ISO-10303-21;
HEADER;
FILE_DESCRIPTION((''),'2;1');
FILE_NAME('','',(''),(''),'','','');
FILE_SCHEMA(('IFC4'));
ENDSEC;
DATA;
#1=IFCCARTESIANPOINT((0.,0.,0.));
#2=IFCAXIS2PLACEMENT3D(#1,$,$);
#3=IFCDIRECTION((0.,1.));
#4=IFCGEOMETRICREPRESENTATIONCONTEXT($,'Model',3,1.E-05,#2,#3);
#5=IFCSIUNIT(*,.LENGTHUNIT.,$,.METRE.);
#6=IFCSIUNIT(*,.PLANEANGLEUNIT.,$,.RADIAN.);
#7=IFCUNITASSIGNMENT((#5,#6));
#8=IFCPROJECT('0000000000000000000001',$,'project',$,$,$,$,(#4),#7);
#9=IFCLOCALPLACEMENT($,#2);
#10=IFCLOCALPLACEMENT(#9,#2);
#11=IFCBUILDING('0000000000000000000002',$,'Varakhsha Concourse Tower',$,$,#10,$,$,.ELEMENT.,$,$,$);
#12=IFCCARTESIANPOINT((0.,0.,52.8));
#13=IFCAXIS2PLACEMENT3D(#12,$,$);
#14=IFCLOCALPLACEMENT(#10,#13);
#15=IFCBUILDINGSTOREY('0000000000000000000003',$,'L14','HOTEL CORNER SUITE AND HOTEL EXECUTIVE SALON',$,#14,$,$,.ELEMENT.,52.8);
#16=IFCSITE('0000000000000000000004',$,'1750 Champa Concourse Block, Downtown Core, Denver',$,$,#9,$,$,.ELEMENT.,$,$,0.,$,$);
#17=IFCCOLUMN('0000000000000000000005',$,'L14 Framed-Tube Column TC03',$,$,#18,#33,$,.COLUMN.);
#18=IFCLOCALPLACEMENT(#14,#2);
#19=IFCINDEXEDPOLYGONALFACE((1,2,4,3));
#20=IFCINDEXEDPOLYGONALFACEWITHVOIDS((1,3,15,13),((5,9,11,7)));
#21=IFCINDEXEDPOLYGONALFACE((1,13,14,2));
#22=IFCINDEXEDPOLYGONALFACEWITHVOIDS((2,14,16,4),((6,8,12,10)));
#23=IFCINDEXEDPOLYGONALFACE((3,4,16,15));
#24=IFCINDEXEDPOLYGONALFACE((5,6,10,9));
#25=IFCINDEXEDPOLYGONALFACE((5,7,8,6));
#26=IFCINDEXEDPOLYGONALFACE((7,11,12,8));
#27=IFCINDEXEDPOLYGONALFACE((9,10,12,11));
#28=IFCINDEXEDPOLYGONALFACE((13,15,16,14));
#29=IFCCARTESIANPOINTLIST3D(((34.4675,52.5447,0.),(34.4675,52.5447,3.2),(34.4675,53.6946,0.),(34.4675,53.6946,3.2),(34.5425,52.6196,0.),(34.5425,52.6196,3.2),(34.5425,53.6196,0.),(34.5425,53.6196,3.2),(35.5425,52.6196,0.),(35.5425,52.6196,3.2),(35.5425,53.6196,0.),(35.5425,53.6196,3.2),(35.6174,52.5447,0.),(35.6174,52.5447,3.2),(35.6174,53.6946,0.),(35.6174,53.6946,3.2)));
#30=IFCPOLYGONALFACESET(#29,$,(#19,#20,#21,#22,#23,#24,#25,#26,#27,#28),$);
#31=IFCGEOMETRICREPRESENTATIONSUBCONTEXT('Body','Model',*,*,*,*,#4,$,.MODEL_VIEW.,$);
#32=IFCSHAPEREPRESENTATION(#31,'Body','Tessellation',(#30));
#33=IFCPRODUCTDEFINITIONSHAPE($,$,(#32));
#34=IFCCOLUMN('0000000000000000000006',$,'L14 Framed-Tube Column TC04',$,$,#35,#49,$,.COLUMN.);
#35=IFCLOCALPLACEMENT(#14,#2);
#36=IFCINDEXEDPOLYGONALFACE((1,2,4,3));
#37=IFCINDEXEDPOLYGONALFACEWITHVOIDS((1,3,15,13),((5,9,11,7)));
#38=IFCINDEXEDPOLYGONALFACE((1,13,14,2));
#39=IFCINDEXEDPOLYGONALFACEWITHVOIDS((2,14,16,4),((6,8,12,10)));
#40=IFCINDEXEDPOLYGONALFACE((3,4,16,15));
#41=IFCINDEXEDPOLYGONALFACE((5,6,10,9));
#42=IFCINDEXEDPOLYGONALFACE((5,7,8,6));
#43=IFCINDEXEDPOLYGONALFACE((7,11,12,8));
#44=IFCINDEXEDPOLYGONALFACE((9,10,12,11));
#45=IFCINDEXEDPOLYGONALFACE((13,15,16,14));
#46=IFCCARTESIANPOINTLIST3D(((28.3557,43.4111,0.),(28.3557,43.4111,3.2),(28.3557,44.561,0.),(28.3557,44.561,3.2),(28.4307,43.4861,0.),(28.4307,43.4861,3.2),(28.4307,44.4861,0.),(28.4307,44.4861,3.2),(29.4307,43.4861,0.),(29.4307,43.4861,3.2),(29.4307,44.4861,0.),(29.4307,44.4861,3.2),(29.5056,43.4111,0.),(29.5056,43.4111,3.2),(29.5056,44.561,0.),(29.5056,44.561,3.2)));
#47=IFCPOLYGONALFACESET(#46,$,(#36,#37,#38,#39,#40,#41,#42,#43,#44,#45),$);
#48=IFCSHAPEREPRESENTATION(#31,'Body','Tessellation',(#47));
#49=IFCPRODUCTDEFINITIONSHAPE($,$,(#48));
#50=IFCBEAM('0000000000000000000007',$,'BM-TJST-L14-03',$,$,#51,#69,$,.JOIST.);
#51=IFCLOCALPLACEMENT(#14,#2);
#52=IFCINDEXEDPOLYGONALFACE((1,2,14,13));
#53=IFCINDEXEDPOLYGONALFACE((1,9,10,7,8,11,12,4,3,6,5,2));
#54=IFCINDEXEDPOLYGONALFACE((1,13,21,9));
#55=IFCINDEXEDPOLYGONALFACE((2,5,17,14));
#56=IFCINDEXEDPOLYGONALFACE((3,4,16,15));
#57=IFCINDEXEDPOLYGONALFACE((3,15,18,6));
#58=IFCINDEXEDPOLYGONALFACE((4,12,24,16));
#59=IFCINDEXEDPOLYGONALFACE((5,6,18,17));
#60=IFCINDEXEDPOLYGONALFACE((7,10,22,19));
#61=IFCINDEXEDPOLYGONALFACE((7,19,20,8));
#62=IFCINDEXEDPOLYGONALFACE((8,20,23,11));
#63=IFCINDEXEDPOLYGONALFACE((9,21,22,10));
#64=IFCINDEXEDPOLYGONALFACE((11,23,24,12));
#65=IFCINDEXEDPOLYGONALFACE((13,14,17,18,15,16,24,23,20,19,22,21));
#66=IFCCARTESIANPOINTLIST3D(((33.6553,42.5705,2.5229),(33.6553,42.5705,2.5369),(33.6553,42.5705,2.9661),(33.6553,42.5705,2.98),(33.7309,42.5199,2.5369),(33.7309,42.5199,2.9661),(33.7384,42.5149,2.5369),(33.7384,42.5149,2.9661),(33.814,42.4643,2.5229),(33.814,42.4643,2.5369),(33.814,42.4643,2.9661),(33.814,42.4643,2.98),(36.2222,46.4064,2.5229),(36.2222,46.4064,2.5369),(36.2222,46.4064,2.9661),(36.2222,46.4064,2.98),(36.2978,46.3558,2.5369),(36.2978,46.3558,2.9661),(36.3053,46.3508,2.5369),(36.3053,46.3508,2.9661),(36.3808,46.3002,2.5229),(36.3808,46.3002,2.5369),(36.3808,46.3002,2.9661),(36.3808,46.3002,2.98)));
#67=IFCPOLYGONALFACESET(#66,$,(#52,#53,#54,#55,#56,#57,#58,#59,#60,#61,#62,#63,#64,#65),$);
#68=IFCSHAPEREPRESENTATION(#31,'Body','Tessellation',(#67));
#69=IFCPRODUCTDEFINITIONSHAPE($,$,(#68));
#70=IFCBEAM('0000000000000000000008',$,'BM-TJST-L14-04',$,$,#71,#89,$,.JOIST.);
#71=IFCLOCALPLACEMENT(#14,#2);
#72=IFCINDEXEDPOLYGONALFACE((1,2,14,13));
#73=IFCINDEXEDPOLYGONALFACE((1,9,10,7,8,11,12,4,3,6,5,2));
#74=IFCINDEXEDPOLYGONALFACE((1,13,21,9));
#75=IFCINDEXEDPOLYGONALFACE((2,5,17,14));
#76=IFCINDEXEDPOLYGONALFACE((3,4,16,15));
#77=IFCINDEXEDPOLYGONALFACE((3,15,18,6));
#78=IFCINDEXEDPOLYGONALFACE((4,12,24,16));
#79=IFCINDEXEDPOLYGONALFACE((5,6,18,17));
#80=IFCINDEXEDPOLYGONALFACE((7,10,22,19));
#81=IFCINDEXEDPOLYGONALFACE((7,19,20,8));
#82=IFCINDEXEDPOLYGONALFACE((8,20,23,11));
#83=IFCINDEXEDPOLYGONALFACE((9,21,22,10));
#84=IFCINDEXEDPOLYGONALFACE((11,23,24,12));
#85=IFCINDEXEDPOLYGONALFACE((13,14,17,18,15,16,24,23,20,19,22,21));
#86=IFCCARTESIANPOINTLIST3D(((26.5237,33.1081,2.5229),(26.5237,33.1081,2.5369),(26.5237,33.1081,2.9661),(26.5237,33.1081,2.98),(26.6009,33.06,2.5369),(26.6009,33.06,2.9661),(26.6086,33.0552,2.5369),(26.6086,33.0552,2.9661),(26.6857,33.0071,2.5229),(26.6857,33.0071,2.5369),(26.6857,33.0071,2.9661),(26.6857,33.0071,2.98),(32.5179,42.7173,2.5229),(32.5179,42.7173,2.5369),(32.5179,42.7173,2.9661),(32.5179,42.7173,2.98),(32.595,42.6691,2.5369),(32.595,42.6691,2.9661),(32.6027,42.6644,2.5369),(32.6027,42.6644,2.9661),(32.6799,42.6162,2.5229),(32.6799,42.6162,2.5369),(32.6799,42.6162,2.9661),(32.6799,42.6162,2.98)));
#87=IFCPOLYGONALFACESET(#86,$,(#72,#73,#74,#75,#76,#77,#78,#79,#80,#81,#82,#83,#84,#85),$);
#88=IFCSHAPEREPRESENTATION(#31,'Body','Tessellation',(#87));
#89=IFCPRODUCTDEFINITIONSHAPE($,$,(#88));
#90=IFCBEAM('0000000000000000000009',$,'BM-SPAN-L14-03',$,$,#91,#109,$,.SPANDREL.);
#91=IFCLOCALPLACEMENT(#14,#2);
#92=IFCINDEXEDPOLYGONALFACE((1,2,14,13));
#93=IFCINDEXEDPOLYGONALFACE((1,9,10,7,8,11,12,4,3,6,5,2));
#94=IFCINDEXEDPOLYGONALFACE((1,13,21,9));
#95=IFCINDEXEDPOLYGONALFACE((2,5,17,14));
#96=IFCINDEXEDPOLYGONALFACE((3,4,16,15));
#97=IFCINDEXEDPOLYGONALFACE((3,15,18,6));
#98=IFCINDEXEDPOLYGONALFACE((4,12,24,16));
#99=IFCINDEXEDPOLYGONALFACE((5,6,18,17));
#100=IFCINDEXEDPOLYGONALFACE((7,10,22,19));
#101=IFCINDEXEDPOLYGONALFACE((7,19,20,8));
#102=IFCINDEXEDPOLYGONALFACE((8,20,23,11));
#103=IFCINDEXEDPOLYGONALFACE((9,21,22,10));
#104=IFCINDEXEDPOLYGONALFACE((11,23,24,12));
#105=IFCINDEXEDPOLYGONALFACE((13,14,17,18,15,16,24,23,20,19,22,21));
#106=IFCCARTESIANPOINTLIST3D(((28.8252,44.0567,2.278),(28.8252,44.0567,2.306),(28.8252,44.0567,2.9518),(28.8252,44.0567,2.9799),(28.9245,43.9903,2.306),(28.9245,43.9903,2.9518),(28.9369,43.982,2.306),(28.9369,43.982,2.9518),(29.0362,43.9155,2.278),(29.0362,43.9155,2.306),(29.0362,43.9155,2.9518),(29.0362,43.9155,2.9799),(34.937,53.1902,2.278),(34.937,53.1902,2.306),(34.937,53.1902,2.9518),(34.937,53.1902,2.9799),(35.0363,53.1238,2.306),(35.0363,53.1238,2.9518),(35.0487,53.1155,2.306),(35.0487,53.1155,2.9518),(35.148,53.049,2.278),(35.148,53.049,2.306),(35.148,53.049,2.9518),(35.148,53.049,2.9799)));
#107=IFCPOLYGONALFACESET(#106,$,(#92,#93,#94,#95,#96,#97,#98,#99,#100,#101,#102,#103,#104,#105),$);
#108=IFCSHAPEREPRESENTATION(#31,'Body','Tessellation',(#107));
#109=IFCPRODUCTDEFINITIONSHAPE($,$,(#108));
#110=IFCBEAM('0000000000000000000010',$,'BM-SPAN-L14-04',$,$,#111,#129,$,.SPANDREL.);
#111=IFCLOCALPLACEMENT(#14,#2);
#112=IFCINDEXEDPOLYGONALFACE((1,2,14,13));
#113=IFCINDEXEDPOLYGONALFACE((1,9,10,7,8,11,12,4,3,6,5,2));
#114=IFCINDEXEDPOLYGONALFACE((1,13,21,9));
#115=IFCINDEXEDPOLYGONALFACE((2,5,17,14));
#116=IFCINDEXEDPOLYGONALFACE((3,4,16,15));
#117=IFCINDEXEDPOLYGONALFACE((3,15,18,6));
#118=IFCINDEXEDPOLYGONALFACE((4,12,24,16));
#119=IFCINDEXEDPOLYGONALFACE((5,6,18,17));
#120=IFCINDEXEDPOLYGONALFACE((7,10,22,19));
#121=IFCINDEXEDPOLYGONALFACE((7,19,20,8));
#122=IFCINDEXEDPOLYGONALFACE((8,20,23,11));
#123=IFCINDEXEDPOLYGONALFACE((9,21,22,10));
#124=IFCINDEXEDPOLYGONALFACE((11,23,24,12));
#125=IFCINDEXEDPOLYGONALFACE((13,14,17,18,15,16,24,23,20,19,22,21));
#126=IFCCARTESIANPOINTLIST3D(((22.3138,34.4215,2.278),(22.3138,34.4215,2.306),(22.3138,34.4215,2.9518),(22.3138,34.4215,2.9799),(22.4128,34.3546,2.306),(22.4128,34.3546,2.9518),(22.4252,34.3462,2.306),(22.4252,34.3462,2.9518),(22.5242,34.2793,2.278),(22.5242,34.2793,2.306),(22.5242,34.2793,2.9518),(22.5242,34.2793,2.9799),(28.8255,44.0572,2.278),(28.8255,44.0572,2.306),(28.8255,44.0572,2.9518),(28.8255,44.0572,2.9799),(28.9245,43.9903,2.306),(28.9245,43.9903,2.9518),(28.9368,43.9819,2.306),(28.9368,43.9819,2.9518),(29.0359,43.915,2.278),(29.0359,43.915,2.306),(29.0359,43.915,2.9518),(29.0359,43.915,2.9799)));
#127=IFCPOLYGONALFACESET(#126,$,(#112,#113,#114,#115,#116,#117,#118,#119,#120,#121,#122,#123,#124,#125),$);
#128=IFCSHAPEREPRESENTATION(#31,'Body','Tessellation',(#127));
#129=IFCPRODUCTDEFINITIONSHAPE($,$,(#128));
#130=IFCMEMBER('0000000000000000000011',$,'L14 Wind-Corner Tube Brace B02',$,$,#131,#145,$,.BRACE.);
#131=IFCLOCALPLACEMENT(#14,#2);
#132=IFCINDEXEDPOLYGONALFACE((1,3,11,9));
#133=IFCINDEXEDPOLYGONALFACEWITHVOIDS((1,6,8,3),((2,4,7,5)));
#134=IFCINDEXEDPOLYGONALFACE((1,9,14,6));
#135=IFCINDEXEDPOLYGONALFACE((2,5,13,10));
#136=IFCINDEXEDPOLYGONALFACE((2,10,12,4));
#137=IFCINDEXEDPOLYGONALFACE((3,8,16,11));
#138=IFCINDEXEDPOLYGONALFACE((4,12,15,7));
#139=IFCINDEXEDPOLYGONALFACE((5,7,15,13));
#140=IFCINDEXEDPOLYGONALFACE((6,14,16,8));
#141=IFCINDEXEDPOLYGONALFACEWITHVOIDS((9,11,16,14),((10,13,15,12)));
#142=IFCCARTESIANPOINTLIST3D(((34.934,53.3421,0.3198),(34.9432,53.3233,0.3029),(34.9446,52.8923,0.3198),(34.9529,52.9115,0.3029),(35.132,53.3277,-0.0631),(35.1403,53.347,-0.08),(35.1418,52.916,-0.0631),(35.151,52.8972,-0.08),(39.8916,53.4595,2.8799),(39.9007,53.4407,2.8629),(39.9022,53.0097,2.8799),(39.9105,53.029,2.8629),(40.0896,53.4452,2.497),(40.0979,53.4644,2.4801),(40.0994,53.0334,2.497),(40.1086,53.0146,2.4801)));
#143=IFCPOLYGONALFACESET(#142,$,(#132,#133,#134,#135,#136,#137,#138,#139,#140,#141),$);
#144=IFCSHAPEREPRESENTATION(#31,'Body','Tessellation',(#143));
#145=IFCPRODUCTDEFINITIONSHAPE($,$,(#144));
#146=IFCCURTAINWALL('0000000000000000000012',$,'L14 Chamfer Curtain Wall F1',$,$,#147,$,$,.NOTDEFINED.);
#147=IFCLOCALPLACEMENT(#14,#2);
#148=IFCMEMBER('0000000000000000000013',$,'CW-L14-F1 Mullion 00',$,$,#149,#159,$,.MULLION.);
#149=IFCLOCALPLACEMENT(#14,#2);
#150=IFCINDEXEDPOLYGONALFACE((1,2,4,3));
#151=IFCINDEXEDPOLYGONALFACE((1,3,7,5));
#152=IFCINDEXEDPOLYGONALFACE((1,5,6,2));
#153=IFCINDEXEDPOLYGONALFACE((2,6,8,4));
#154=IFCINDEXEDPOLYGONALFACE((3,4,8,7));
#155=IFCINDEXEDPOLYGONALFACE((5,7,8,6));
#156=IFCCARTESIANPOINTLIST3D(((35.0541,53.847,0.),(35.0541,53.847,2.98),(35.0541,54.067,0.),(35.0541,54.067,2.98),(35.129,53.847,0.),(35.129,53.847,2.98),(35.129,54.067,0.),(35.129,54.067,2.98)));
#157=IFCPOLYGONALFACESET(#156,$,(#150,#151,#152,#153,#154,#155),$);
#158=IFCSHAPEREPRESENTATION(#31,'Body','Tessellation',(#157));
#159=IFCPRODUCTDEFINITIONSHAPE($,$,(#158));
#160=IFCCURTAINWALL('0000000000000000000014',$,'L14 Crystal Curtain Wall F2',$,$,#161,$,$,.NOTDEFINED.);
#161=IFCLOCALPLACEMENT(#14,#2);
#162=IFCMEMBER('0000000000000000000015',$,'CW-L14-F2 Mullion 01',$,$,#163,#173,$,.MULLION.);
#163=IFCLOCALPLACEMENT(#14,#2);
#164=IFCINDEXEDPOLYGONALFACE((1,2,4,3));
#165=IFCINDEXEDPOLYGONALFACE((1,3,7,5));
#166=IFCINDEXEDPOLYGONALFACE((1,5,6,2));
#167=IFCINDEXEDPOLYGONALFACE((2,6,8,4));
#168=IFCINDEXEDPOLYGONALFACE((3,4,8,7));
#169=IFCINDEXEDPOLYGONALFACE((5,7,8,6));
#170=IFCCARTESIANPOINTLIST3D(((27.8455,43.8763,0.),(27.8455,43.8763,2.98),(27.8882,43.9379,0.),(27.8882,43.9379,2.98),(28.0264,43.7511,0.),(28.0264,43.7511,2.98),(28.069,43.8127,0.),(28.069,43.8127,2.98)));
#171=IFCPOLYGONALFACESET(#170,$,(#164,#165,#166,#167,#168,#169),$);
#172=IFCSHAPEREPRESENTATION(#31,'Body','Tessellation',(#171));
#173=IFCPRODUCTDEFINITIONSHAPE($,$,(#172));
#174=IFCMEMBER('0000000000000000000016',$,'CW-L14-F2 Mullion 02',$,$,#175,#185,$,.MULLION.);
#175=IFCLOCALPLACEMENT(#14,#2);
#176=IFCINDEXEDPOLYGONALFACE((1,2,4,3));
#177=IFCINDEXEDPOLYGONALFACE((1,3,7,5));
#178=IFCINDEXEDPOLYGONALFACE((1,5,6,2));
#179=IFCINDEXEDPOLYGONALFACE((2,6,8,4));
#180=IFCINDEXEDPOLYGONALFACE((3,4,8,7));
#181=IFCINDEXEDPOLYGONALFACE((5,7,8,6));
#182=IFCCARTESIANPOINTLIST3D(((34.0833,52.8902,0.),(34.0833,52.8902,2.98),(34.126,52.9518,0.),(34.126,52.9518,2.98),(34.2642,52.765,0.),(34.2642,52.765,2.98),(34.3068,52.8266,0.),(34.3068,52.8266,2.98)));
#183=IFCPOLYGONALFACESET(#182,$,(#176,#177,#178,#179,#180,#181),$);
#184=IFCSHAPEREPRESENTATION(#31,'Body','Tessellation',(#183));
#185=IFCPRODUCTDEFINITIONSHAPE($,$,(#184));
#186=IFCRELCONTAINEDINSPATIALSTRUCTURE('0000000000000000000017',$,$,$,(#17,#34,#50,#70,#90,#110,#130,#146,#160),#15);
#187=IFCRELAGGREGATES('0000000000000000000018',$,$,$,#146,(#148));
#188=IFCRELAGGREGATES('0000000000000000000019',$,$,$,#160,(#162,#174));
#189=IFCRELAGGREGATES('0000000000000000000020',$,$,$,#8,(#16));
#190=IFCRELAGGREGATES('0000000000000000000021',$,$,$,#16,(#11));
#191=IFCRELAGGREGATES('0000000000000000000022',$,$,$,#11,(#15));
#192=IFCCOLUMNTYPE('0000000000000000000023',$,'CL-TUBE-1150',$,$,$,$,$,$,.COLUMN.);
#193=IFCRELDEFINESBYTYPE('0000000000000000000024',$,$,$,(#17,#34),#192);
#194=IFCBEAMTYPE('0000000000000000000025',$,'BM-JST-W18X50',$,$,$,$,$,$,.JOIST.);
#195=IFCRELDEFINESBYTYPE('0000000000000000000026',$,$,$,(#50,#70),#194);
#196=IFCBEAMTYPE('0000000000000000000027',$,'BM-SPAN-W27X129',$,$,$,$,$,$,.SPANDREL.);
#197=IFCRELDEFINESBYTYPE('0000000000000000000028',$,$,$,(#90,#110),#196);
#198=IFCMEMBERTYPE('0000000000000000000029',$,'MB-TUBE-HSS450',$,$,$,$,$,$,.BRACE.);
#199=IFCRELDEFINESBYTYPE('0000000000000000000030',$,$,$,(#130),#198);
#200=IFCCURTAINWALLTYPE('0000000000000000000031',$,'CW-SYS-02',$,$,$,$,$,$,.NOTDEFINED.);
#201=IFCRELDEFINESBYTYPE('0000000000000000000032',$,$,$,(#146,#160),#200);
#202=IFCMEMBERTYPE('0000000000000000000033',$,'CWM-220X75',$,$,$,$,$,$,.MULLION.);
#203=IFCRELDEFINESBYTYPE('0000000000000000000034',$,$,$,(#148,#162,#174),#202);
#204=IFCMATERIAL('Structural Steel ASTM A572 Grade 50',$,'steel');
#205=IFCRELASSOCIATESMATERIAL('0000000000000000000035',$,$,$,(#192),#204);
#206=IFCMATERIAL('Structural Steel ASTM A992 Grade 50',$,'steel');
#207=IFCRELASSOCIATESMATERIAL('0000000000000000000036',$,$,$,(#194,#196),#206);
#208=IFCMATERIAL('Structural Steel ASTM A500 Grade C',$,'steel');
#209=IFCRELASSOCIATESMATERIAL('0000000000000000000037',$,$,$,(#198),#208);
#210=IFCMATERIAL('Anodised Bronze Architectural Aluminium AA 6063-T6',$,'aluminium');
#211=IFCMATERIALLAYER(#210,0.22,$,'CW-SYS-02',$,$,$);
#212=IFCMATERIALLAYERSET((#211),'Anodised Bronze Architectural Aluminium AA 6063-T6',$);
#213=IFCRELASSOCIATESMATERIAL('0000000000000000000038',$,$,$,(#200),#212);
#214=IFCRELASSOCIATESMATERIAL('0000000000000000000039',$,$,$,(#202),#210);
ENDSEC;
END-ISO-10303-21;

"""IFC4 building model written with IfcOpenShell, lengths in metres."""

from ifc_helpers import new_model, si_unit, direction, frame, origin, origin_2d, place, context, subcontext, project, spatial, rectangle, hollow_rectangle, i_section, extrude, source, transform, mapped, material, layer, layer_set, material_profile, profile_set, type_object, type_shapes, element, aggregate, save


model = new_model("IFC4")

# Units and contexts
model_context = context("Model", 3, precision=1e-05, world=origin(), true_north=direction((0.0, 1.0)))
body_context = subcontext(model_context, "Body", "Model", "MODEL_VIEW")
ifc_project = project(units=[si_unit("LENGTHUNIT", "METRE"), si_unit("PLANEANGLEUNIT", "RADIAN")], contexts=[model_context])

# Site, building, storey
site_placement = place(None, origin())
site = spatial("IfcSite", under=ifc_project, at=site_placement, Name="1750 Champa Concourse Block, Downtown Core, Denver", CompositionType="ELEMENT", RefElevation=0.0)
building_placement = place(site_placement, origin())
building = spatial("IfcBuilding", under=site, at=building_placement, Name="Varakhsha Concourse Tower", CompositionType="ELEMENT")
storey_placement = place(building_placement, frame((0.0, 0.0, 52.8)))
storey = spatial("IfcBuildingStorey", under=building, at=storey_placement, Name="L14", Description="HOTEL CORNER SUITE AND HOTEL EXECUTIVE SALON", CompositionType="ELEMENT", Elevation=52.8)

# Columns
ifc_material_1 = material(Name="Structural Steel ASTM A572 Grade 50", Category="steel")
ifc_material_profile_1 = material_profile(ifc_material_1, hollow_rectangle(XDim=1.1499, YDim=1.1499, WallThickness=0.075, at=origin_2d()), Name="BOX 1150x1150x75")
ifc_profile_set_1 = profile_set([ifc_material_profile_1], Name="Structural Steel ASTM A572 Grade 50")
column_type = type_object("IfcColumnType", Name="CL-TUBE-1150", PredefinedType="COLUMN", material=ifc_profile_set_1)
for number, where, z_axis, x_axis, name in (
    (1, (35.0425, 53.1196, 0.0), (0.0, 0.0, 1.0), (1.0, 0.0, 0.0), "L14 Framed-Tube Column TC03"),
    (2, (28.9307, 43.9861, 0.0), (0.0, 0.0, 1.0), (1.0, 0.0, 0.0), "L14 Framed-Tube Column TC04"),
):
    element("IfcColumn", number, at=place(storey_placement, frame(where, z_axis=z_axis, x_axis=x_axis)), inside=storey, type_object=column_type, Name=name, PredefinedType="COLUMN", context=body_context, shape_type="SweptSolid", body=[
        extrude(hollow_rectangle(XDim=1.1499, YDim=1.1499, WallThickness=0.075, at=origin_2d()), origin(), (0.0, 0.0, 1.0), 3.2),
    ])

# Beams
ifc_material_2 = material(Name="Structural Steel ASTM A992 Grade 50", Category="steel")
ifc_material_profile_2 = material_profile(ifc_material_2, i_section(OverallWidth=0.1909, OverallDepth=0.457, WebThickness=0.009, FlangeThickness=0.0139, at=origin_2d()), Name="W18X50")
ifc_profile_set_2 = profile_set([ifc_material_profile_2], Name="Structural Steel ASTM A992 Grade 50")
beam_type_1 = type_object("IfcBeamType", Name="BM-JST-W18X50", PredefinedType="JOIST", material=ifc_profile_set_2)
beam_1_placement = place(storey_placement, frame((36.3015, 46.3533, 2.7515), z_axis=(-0.55614, -0.831089, 0.0), x_axis=(0.831089, -0.55614, 0.0)))
element("IfcBeam", 3, at=beam_1_placement, inside=storey, type_object=beam_type_1, Name="BM-TJST-L14-03", PredefinedType="JOIST", context=body_context, shape_type="SweptSolid", body=[
    extrude(i_section(OverallWidth=0.1909, OverallDepth=0.457, WebThickness=0.009, FlangeThickness=0.0139, at=origin_2d()), origin(), (0.0, 0.0, 1.0), 4.6155),
])
beam_2_placement = place(storey_placement, frame((32.5989, 42.6667, 2.7515), z_axis=(-0.529264, -0.848457, 0.0), x_axis=(0.848457, -0.529264, 0.0)))
element("IfcBeam", 4, at=beam_2_placement, inside=storey, type_object=beam_type_1, Name="BM-TJST-L14-04", PredefinedType="JOIST", context=body_context, shape_type="SweptSolid", body=[
    extrude(i_section(OverallWidth=0.1909, OverallDepth=0.457, WebThickness=0.009, FlangeThickness=0.0139, at=origin_2d()), origin(), (0.0, 0.0, 1.0), 11.3254),
])
ifc_material_profile_3 = material_profile(ifc_material_2, i_section(OverallWidth=0.2539, OverallDepth=0.7019, WebThickness=0.0149, FlangeThickness=0.0281, at=origin_2d()), Name="W27X129")
ifc_profile_set_3 = profile_set([ifc_material_profile_3], Name="Structural Steel ASTM A992 Grade 50")
beam_type_2 = type_object("IfcBeamType", Name="BM-SPAN-W27X129", PredefinedType="SPANDREL", material=ifc_profile_set_3)
beam_3_placement = place(storey_placement, frame((35.0425, 53.1196, 2.6289), z_axis=(-0.556135, -0.831092, 0.0), x_axis=(0.831092, -0.556135, 0.0)))
element("IfcBeam", 5, at=beam_3_placement, inside=storey, type_object=beam_type_2, Name="BM-SPAN-L14-03", PredefinedType="SPANDREL", context=body_context, shape_type="SweptSolid", body=[
    extrude(i_section(OverallWidth=0.2539, OverallDepth=0.7019, WebThickness=0.0149, FlangeThickness=0.0281, at=origin_2d()), origin(), (0.0, 0.0, 1.0), 10.9897),
])
beam_4_placement = place(storey_placement, frame((28.9307, 43.9861, 2.6289), z_axis=(-0.559921, -0.828546, 0.0), x_axis=(0.828546, -0.559921, 0.0)))
element("IfcBeam", 6, at=beam_4_placement, inside=storey, type_object=beam_type_2, Name="BM-SPAN-L14-04", PredefinedType="SPANDREL", context=body_context, shape_type="SweptSolid", body=[
    extrude(i_section(OverallWidth=0.2539, OverallDepth=0.7019, WebThickness=0.0149, FlangeThickness=0.0281, at=origin_2d()), origin(), (0.0, 0.0, 1.0), 11.6296),
])

# Member
ifc_material_3 = material(Name="Structural Steel ASTM A500 Grade C", Category="steel")
ifc_material_profile_4 = material_profile(ifc_material_3, hollow_rectangle(XDim=0.45, YDim=0.45, WallThickness=0.019, at=origin_2d()), Name="HSS 450x450x19")
ifc_profile_set_4 = profile_set([ifc_material_profile_4], Name="Structural Steel ASTM A500 Grade C")
member_type_1 = type_object("IfcMemberType", Name="MB-TUBE-HSS450", PredefinedType="BRACE", material=ifc_profile_set_4)
shared_shape_1 = source(origin(), body_context, "Body", "SweptSolid", [
    extrude(hollow_rectangle(XDim=0.45, YDim=0.45, WallThickness=0.019, at=origin_2d()), origin(), (0.0, 0.0, 1.0), 5.5808),
])
type_shapes(member_type_1, [shared_shape_1])
member_1_placement = place(storey_placement, frame((35.0425, 53.1196, 0.1199), z_axis=(0.888326, 0.021042, 0.458731), x_axis=(-0.023681, 0.99972, 0.0)))
element("IfcMember", 7, at=member_1_placement, inside=storey, type_object=member_type_1, Name="L14 Wind-Corner Tube Brace B02", PredefinedType="BRACE", context=body_context, shape_type="MappedRepresentation", body=[
    mapped(shared_shape_1, transform((0.0, 0.0, 0.0), scale=1.0)),
])

# Curtain wall, member
ifc_material_4 = material(Name="Anodised Bronze Architectural Aluminium AA 6063-T6", Category="aluminium")
ifc_layer_1 = layer(ifc_material_4, 0.22, Name="CW-SYS-02")
ifc_layer_set_1 = layer_set([ifc_layer_1], Name="Anodised Bronze Architectural Aluminium AA 6063-T6")
curtain_wall_type = type_object("IfcCurtainWallType", Name="CW-SYS-02", PredefinedType="NOTDEFINED", material=ifc_layer_set_1)
curtain_wall_1_placement = place(storey_placement, origin())
curtain_wall_1 = element("IfcCurtainWall", 8, at=curtain_wall_1_placement, inside=storey, type_object=curtain_wall_type, Name="L14 Chamfer Curtain Wall F1", PredefinedType="NOTDEFINED")
ifc_material_profile_5 = material_profile(ifc_material_4, rectangle(XDim=0.075, YDim=0.22, at=origin_2d()), Name="CWM-220X75")
ifc_profile_set_5 = profile_set([ifc_material_profile_5], Name="Anodised Bronze Architectural Aluminium AA 6063-T6")
member_type_2 = type_object("IfcMemberType", Name="CWM-220X75", PredefinedType="MULLION", material=ifc_profile_set_5)
shared_shape_2 = source(origin(), body_context, "Body", "SweptSolid", [
    extrude(rectangle(XDim=0.075, YDim=0.22, at=origin_2d()), origin(), (0.0, 0.0, 1.0), 2.98),
])
type_shapes(member_type_2, [shared_shape_2])
member_2_placement = place(storey_placement, frame((35.0916, 53.957, 0.0), z_axis=(0.0, 0.0, 1.0), x_axis=(1.0, 0.0, 0.0)))
member_2 = element("IfcMember", 9, at=member_2_placement, type_object=member_type_2, Name="CW-L14-F1 Mullion 00", PredefinedType="MULLION", context=body_context, shape_type="MappedRepresentation", body=[
    mapped(shared_shape_2, transform((0.0, 0.0, 0.0), scale=1.0)),
])

# Curtain wall, members
curtain_wall_2_placement = place(storey_placement, origin())
curtain_wall_2 = element("IfcCurtainWall", 10, at=curtain_wall_2_placement, inside=storey, type_object=curtain_wall_type, Name="L14 Crystal Curtain Wall F2", PredefinedType="NOTDEFINED")
member_3_placement = place(storey_placement, frame((27.9573, 43.8445, 0.0), z_axis=(0.0, 0.0, 1.0), x_axis=(0.569057, 0.822298, 0.0)))
member_3 = element("IfcMember", 11, at=member_3_placement, type_object=member_type_2, Name="CW-L14-F2 Mullion 01", PredefinedType="MULLION", context=body_context, shape_type="MappedRepresentation", body=[
    mapped(shared_shape_2, transform((0.0, 0.0, 0.0), scale=1.0)),
])
member_4_placement = place(storey_placement, frame((34.1951, 52.8584, 0.0), z_axis=(0.0, 0.0, 1.0), x_axis=(0.569057, 0.822298, 0.0)))
member_4 = element("IfcMember", 12, at=member_4_placement, type_object=member_type_2, Name="CW-L14-F2 Mullion 02", PredefinedType="MULLION", context=body_context, shape_type="MappedRepresentation", body=[
    mapped(shared_shape_2, transform((0.0, 0.0, 0.0), scale=1.0)),
])

aggregate(curtain_wall_1, [member_2])

aggregate(curtain_wall_2, [member_3, member_4])

save(model, "model.ifc")
